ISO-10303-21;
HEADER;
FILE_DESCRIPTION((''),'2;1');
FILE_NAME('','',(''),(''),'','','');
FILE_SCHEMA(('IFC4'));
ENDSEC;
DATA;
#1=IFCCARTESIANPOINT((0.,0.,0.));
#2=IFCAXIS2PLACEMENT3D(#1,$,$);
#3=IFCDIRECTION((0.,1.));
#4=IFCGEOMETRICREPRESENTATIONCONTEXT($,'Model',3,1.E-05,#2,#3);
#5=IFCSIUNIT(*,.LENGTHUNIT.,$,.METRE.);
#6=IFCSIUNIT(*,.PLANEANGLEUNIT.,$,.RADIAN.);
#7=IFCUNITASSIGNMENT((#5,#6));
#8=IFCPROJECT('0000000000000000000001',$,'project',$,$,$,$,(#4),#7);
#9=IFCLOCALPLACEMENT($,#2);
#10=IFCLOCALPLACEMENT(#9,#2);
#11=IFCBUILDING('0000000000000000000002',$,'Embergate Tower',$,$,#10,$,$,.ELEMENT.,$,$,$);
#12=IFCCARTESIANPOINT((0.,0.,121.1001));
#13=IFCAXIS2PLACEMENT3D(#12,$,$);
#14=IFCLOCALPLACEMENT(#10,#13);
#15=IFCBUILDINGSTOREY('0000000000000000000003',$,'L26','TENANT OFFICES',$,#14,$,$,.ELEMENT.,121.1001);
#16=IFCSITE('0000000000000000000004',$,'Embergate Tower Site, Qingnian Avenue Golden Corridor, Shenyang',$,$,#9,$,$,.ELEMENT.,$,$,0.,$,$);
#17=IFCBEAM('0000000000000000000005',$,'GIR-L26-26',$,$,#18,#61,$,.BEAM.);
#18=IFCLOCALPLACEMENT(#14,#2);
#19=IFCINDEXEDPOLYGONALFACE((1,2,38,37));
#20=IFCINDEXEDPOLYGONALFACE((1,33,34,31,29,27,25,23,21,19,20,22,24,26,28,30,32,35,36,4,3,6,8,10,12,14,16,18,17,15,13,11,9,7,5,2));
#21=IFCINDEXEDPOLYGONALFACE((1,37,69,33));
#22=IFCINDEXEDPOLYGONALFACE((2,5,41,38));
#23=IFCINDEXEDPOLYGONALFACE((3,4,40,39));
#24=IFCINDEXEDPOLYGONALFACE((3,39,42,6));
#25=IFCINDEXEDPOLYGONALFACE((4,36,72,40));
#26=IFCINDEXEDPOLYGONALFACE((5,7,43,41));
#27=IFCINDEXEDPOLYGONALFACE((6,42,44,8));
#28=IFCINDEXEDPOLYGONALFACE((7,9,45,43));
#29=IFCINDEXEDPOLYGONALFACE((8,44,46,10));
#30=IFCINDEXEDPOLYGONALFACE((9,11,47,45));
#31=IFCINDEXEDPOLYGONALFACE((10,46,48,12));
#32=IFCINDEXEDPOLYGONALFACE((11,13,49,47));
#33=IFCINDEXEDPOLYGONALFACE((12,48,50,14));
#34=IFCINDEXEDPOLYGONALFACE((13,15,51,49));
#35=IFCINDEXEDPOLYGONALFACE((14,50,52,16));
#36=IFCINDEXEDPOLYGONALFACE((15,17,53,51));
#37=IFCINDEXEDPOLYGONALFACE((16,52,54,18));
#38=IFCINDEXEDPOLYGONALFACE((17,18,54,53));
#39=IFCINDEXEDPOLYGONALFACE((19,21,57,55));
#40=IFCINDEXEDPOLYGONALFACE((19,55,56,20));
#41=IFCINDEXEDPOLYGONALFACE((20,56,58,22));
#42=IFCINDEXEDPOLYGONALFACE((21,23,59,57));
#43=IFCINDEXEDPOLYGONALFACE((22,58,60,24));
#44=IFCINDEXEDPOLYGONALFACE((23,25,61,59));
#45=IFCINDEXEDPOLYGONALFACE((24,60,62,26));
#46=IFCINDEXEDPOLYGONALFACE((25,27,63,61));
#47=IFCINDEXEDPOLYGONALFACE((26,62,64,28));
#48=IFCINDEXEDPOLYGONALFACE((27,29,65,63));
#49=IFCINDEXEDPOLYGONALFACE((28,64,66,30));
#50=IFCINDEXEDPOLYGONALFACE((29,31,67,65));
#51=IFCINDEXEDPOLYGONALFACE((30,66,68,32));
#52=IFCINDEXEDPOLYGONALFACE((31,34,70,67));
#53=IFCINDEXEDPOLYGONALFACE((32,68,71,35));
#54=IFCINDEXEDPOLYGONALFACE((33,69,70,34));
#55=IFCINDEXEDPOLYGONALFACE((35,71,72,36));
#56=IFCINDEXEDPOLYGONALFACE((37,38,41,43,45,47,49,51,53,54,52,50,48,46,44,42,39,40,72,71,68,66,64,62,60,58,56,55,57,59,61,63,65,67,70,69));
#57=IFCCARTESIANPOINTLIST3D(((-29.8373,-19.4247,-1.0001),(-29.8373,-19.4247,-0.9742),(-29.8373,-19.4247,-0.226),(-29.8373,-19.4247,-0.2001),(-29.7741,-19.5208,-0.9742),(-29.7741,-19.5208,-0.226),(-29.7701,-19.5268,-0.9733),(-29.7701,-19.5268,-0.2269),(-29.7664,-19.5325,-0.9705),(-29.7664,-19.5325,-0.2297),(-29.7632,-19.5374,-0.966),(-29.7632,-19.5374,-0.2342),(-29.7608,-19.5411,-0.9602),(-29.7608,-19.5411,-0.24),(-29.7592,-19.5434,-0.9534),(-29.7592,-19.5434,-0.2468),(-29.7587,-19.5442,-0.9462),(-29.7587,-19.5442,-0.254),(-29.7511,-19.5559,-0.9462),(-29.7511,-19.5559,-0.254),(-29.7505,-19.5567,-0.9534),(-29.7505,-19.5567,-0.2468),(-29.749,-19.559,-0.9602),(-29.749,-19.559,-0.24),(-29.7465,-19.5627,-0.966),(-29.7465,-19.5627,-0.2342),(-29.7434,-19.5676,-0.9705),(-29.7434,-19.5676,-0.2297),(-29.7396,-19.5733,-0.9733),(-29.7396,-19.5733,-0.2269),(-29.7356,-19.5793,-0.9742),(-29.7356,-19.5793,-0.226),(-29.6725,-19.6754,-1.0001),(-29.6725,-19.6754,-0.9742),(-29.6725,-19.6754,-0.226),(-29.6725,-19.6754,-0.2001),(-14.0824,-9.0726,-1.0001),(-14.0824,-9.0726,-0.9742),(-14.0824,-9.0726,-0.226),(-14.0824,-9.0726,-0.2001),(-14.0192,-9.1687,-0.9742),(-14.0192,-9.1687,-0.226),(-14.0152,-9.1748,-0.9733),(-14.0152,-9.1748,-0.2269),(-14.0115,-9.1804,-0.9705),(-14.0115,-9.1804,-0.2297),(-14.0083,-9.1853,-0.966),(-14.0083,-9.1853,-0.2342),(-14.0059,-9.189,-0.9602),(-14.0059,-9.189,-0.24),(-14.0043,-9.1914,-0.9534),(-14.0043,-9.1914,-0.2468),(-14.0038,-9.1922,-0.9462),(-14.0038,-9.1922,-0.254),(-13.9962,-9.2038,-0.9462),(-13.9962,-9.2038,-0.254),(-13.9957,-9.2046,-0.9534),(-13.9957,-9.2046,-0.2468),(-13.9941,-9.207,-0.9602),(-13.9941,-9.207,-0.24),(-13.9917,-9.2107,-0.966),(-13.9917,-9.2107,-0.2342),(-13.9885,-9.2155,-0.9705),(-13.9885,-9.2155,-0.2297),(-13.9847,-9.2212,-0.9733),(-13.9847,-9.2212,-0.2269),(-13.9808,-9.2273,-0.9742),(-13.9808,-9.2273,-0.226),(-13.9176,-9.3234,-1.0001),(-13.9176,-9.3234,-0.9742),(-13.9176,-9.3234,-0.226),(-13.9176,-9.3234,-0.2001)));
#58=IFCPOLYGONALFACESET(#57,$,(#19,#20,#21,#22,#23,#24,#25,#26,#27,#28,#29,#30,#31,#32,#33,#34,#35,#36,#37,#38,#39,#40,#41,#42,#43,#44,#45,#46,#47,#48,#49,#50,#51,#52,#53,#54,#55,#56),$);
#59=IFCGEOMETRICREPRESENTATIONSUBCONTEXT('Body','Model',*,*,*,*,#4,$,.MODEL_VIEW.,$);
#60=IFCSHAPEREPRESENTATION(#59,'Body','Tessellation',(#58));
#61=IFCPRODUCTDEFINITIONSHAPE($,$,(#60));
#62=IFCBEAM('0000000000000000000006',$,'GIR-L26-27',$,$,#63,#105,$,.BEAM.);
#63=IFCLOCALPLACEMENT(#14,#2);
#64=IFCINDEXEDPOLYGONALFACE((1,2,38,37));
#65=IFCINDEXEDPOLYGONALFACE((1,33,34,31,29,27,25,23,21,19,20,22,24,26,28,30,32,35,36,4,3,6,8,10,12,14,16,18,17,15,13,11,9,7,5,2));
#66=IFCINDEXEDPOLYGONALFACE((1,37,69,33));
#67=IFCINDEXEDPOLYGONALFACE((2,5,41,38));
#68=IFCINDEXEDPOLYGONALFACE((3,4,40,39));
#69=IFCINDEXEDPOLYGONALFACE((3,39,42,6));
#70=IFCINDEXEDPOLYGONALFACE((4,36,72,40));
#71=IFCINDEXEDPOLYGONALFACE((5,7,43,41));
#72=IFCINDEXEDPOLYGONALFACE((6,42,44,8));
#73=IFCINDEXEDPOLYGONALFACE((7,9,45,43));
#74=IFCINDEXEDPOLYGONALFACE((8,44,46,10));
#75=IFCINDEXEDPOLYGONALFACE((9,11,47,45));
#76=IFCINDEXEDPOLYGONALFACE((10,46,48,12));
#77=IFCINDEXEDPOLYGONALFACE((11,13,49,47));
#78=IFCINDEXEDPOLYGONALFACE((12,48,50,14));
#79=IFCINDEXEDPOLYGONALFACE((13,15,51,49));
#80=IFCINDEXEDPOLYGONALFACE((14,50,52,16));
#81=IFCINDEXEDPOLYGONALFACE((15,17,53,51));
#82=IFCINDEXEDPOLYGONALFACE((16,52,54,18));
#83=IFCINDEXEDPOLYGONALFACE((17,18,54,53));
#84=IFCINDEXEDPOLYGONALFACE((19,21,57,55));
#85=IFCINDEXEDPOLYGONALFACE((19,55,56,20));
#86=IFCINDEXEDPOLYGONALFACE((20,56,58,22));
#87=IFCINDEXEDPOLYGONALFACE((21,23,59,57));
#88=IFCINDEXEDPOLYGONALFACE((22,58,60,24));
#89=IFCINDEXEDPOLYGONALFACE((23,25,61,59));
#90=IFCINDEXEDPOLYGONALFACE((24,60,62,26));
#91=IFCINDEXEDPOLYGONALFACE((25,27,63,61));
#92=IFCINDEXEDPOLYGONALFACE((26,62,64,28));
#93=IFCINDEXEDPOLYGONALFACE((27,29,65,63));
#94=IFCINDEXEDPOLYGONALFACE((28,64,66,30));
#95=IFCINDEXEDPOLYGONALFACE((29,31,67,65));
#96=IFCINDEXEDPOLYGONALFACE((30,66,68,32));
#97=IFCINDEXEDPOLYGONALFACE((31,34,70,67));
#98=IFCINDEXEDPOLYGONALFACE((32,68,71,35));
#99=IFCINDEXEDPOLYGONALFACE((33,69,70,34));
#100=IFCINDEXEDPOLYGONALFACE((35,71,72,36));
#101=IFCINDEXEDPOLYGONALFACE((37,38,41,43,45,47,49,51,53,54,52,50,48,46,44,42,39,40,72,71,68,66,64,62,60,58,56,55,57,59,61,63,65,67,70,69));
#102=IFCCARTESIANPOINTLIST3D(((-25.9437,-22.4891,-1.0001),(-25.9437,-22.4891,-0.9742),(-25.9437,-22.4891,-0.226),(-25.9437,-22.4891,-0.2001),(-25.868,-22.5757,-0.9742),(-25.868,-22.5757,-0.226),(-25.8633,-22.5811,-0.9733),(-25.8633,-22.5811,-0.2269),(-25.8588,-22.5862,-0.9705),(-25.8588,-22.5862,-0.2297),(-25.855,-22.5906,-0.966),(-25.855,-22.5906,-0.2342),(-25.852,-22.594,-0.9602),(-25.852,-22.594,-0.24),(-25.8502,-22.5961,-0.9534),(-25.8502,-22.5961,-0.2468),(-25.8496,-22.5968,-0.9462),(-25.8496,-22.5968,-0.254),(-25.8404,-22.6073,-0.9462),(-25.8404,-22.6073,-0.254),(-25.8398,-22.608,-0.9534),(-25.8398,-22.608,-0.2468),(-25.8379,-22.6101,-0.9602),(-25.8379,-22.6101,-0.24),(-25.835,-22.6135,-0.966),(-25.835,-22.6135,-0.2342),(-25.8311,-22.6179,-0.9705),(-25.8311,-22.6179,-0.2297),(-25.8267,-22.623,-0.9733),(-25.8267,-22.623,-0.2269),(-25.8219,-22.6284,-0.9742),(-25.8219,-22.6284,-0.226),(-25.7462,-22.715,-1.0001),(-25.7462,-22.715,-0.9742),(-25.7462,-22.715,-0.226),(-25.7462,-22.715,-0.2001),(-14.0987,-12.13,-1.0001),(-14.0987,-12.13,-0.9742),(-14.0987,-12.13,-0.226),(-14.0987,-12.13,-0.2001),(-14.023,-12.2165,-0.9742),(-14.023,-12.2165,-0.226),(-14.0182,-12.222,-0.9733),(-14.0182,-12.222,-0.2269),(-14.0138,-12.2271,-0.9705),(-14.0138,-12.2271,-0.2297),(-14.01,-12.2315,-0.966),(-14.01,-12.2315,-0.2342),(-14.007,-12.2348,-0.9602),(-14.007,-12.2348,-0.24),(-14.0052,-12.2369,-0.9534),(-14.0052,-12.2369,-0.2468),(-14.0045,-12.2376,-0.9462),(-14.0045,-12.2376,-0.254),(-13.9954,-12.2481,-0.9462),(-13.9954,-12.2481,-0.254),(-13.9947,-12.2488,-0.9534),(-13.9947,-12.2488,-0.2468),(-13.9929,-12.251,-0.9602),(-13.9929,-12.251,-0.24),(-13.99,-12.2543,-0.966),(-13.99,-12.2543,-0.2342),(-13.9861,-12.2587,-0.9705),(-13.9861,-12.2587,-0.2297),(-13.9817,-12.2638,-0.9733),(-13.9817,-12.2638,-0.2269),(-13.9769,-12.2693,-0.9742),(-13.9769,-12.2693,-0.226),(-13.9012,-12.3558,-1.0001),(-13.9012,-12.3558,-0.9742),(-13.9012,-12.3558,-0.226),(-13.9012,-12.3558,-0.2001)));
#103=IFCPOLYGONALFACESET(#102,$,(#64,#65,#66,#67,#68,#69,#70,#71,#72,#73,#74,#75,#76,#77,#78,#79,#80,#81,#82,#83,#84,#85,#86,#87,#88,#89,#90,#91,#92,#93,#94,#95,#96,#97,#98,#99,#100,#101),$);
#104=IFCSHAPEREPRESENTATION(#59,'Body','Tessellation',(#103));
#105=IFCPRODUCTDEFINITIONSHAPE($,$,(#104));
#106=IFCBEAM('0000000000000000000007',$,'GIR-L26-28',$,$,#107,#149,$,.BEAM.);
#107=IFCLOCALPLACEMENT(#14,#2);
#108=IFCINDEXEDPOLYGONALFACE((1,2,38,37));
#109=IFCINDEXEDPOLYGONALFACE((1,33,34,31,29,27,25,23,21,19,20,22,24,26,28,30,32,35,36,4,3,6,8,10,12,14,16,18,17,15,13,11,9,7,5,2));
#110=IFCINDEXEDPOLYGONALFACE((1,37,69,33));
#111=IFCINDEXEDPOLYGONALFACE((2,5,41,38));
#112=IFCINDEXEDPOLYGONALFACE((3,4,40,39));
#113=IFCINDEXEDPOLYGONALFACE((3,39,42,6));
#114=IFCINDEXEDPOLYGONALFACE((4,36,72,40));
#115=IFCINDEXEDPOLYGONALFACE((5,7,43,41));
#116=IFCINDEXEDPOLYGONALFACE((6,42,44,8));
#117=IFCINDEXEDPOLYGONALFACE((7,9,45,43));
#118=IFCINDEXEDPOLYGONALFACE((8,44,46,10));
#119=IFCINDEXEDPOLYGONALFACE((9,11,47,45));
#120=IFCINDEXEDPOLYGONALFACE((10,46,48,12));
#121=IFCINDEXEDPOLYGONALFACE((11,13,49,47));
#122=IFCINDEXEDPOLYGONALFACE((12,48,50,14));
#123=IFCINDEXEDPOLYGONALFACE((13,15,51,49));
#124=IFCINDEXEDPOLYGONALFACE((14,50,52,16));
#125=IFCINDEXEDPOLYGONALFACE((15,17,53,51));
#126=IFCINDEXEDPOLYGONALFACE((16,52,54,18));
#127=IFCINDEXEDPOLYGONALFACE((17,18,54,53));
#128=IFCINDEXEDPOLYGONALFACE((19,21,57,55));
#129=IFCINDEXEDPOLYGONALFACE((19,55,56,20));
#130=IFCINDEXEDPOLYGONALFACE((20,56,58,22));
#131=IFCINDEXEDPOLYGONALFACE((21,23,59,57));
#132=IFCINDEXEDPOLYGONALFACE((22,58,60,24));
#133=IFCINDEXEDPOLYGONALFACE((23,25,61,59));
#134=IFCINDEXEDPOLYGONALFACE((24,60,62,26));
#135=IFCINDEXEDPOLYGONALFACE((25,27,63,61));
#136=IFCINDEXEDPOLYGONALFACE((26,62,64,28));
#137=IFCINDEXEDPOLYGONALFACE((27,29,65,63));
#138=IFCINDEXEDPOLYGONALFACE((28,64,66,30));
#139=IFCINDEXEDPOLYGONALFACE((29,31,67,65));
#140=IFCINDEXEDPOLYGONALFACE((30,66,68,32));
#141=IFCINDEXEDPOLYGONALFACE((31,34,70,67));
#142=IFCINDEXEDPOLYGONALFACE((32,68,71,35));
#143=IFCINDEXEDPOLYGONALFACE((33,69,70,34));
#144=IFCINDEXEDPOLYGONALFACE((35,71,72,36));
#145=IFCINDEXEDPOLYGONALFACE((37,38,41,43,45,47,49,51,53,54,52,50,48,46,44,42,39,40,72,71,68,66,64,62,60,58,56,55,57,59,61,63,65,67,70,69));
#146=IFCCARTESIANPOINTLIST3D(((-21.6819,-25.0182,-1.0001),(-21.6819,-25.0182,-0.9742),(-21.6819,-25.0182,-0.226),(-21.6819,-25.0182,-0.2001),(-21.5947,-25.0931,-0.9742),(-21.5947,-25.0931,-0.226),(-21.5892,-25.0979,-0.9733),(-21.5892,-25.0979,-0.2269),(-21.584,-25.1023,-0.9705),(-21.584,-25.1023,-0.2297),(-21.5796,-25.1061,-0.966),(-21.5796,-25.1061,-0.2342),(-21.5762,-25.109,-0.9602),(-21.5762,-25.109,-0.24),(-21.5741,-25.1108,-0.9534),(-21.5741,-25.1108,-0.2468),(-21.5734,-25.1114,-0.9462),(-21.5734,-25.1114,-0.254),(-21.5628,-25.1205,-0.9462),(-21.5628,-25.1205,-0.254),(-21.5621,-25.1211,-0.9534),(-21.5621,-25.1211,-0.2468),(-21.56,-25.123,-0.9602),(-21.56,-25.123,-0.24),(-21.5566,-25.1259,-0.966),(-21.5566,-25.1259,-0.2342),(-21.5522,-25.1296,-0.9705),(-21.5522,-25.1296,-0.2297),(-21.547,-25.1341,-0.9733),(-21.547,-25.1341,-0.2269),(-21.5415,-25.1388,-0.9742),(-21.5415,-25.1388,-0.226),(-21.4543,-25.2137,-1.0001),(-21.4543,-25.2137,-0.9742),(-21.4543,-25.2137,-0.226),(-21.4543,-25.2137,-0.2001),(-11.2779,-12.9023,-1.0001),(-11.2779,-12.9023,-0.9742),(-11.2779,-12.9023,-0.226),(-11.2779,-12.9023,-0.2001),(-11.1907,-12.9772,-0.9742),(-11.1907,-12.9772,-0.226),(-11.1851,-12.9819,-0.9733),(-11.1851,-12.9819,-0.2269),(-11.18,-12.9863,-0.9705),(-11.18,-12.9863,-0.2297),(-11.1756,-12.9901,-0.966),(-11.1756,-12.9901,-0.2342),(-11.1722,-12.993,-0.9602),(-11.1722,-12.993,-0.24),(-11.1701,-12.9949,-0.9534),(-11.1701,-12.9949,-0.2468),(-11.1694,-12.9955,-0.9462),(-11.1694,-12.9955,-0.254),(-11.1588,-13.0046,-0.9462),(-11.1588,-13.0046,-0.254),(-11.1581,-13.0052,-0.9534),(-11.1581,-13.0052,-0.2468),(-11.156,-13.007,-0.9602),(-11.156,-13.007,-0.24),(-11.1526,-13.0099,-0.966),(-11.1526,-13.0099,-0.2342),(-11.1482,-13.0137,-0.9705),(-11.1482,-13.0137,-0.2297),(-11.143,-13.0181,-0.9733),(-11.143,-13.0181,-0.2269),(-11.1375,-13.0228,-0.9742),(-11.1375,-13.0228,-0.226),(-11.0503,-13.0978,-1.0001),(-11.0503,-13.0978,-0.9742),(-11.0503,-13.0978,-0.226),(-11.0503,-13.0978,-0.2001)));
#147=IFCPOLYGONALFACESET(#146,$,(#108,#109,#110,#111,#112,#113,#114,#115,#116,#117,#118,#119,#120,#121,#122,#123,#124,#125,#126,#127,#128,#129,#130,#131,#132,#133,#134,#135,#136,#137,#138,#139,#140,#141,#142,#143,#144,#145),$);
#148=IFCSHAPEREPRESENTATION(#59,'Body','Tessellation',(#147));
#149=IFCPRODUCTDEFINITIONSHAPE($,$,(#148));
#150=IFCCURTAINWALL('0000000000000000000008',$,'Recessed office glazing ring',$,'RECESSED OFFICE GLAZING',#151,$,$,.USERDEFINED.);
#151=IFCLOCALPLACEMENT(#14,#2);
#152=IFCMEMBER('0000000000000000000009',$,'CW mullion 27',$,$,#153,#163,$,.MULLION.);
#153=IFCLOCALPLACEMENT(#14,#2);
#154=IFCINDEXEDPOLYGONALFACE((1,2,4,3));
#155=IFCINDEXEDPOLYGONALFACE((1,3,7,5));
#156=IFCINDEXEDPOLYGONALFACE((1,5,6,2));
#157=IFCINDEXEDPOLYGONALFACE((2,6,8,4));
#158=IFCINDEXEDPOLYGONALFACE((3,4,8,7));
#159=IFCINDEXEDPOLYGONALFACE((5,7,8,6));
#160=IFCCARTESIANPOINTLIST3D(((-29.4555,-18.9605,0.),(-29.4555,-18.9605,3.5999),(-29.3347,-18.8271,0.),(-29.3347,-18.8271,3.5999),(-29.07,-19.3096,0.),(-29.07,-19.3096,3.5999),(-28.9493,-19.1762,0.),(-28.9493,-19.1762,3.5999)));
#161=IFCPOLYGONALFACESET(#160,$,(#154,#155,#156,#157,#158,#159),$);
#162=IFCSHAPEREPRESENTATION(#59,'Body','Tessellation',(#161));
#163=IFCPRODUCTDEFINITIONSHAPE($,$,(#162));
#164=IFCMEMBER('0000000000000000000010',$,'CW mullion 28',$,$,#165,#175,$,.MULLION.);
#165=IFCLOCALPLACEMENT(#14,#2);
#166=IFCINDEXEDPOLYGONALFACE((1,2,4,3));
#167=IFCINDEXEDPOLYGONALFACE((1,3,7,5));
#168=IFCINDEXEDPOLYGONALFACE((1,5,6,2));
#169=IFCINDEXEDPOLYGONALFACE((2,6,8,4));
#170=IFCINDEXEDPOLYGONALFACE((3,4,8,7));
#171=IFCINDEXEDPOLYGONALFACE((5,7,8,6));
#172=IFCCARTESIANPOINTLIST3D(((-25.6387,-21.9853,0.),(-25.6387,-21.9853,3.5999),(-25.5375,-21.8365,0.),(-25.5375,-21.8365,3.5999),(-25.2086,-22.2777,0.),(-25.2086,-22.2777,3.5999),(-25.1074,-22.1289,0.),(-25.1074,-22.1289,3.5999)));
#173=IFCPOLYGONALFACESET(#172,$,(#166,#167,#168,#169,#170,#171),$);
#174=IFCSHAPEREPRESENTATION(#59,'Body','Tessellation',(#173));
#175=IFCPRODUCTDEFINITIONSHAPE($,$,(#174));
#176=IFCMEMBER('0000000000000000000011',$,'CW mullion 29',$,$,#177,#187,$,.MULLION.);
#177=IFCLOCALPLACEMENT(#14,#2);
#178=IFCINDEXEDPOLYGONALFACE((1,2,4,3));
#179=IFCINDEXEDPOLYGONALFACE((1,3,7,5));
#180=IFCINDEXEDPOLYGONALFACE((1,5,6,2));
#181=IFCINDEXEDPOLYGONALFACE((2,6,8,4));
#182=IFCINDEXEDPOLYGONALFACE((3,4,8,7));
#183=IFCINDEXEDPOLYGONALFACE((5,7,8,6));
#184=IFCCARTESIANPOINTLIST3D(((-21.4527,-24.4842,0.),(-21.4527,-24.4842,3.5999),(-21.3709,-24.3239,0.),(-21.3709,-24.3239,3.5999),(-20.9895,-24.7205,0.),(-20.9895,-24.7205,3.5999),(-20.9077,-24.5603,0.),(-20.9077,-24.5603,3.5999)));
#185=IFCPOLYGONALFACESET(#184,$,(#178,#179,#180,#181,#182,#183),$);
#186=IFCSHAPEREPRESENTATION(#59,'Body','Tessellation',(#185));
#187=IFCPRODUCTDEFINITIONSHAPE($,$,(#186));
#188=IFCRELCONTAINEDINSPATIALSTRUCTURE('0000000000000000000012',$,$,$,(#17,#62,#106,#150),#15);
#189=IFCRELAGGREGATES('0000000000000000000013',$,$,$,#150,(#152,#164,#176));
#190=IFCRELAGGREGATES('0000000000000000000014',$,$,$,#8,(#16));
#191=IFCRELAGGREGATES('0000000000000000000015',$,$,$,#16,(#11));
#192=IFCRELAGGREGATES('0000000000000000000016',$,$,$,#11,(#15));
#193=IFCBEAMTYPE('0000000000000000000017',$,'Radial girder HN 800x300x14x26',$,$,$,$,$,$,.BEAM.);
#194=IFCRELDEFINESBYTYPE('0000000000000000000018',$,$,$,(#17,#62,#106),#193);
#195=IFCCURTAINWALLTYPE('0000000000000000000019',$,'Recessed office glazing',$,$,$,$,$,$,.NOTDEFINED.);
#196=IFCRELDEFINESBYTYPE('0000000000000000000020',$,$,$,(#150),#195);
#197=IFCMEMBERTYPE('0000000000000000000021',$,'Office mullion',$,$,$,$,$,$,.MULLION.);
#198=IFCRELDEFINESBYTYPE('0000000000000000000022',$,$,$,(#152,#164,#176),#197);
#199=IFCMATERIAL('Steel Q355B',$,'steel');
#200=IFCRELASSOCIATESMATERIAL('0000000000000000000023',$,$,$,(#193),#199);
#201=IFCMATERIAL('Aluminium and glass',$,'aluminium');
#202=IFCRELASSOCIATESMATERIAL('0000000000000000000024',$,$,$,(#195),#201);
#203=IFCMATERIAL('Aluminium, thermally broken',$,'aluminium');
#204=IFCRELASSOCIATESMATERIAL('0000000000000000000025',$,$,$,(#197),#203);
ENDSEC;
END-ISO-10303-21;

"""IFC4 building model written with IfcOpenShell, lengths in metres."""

from ifc_helpers import new_model, si_unit, direction, frame, origin, origin_2d, place, context, subcontext, project, spatial, rectangle, i_section, extrude, source, transform, mapped, material, material_profile, profile_set, type_object, element, aggregate, save


model = new_model("IFC4")

# Units and contexts
model_context = context("Model", 3, precision=1e-05, world=origin(), true_north=direction((0.0, 1.0)))
body_context = subcontext(model_context, "Body", "Model", "MODEL_VIEW")
ifc_project = project(units=[si_unit("LENGTHUNIT", "METRE"), si_unit("PLANEANGLEUNIT", "RADIAN")], contexts=[model_context])

# Site, building, storey
site_placement = place(None, origin())
site = spatial("IfcSite", under=ifc_project, at=site_placement, Name="Embergate Tower Site, Qingnian Avenue Golden Corridor, Shenyang", CompositionType="ELEMENT", RefElevation=0.0)
building_placement = place(site_placement, origin())
building = spatial("IfcBuilding", under=site, at=building_placement, Name="Embergate Tower", CompositionType="ELEMENT")
storey_placement = place(building_placement, frame((0.0, 0.0, 121.1001)))
storey = spatial("IfcBuildingStorey", under=building, at=storey_placement, Name="L26", Description="TENANT OFFICES", CompositionType="ELEMENT", Elevation=121.1001)

# Beams
ifc_material_1 = material(Name="Steel Q355B", Category="steel")
ifc_material_profile_1 = material_profile(ifc_material_1, i_section(OverallWidth=0.3, OverallDepth=0.8, WebThickness=0.0139, FlangeThickness=0.0259, FilletRadius=0.0281, at=origin_2d()), Name="HN 800x300x14x26")
ifc_profile_set_1 = profile_set([ifc_material_profile_1], Name="Steel Q355 grade B")
beam_type_1 = type_object("IfcBeamType", Name="Radial girder HN 800x300x14x26", PredefinedType="BEAM", material=ifc_profile_set_1)
shared_shape_1 = source(origin(), body_context, "Body", "SweptSolid", [
    extrude(i_section(OverallWidth=0.3, OverallDepth=0.8, WebThickness=0.0139, FlangeThickness=0.0259, FilletRadius=0.0281, at=origin_2d()), origin(), (0.0, 0.0, 1.0), 18.8516),
])
beam_1_placement = place(storey_placement, frame((-29.7549, -19.55, -0.6001), z_axis=(0.835734, 0.549135, 0.0), x_axis=(-0.549135, 0.835734, 0.0)))
element("IfcBeam", 1, at=beam_1_placement, inside=storey, type_object=beam_type_1, Name="GIR-L26-26", PredefinedType="BEAM", context=body_context, shape_type="MappedRepresentation", body=[
    mapped(shared_shape_1, transform((0.0, 0.0, 0.0))),
])
shared_shape_2 = source(origin(), body_context, "Body", "SweptSolid", [
    extrude(i_section(OverallWidth=0.3, OverallDepth=0.8, WebThickness=0.0139, FlangeThickness=0.0259, FilletRadius=0.0281, at=origin_2d()), origin(), (0.0, 0.0, 1.0), 15.7358),
])
beam_2_placement = place(storey_placement, frame((-25.845, -22.6021, -0.6001), z_axis=(0.752741, 0.658317, 0.0), x_axis=(-0.658317, 0.752741, 0.0)))
element("IfcBeam", 2, at=beam_2_placement, inside=storey, type_object=beam_type_1, Name="GIR-L26-27", PredefinedType="BEAM", context=body_context, shape_type="MappedRepresentation", body=[
    mapped(shared_shape_2, transform((0.0, 0.0, 0.0))),
])
shared_shape_3 = source(origin(), body_context, "Body", "SweptSolid", [
    extrude(i_section(OverallWidth=0.3, OverallDepth=0.8, WebThickness=0.0139, FlangeThickness=0.0259, FilletRadius=0.0281, at=origin_2d()), origin(), (0.0, 0.0, 1.0), 15.97),
])
beam_3_placement = place(storey_placement, frame((-21.5681, -25.116, -0.6001), z_axis=(0.651475, 0.75867, 0.0), x_axis=(-0.75867, 0.651475, 0.0)))
element("IfcBeam", 3, at=beam_3_placement, inside=storey, type_object=beam_type_1, Name="GIR-L26-28", PredefinedType="BEAM", context=body_context, shape_type="MappedRepresentation", body=[
    mapped(shared_shape_3, transform((0.0, 0.0, 0.0))),
])

# Curtain wall, members
ifc_material_2 = material(Name="Aluminium and glass", Category="aluminium")
curtain_wall_type = type_object("IfcCurtainWallType", Name="Recessed office glazing", PredefinedType="NOTDEFINED", material=ifc_material_2)
curtain_wall_placement = place(storey_placement, origin())
curtain_wall = element("IfcCurtainWall", 4, at=curtain_wall_placement, inside=storey, type_object=curtain_wall_type, Name="Recessed office glazing ring", ObjectType="RECESSED OFFICE GLAZING", PredefinedType="USERDEFINED")
ifc_material_3 = material(Name="Aluminium, thermally broken", Category="aluminium")
ifc_material_profile_2 = material_profile(ifc_material_3, rectangle(XDim=0.1799, YDim=0.52, at=origin_2d()), Name="AL 520x180")
ifc_profile_set_2 = profile_set([ifc_material_profile_2], Name="Aluminium, thermally broken")
member_type_1 = type_object("IfcMemberType", Name="Office mullion", PredefinedType="MULLION", material=ifc_profile_set_2)
shared_shape_4 = source(origin(), body_context, "Body", "SweptSolid", [
    extrude(rectangle(XDim=0.1799, YDim=0.52, at=origin_2d()), origin(), (0.0, 0.0, 1.0), 3.5999),
])
member_1_placement = place(storey_placement, frame((-29.2024, -19.0684, 0.0), z_axis=(0.0, 0.0, 1.0), x_axis=(0.671228, 0.741251, 0.0)))
member_1 = element("IfcMember", 5, at=member_1_placement, type_object=member_type_1, Name="CW mullion 27", PredefinedType="MULLION", context=body_context, shape_type="MappedRepresentation", body=[
    mapped(shared_shape_4, transform((0.0, 0.0, 0.0))),
])
member_2_placement = place(storey_placement, frame((-25.373, -22.0571, 0.0), z_axis=(0.0, 0.0, 1.0), x_axis=(0.562218, 0.826989, 0.0)))
member_2 = element("IfcMember", 6, at=member_2_placement, type_object=member_type_1, Name="CW mullion 28", PredefinedType="MULLION", context=body_context, shape_type="MappedRepresentation", body=[
    mapped(shared_shape_4, transform((0.0, 0.0, 0.0))),
])
member_3_placement = place(storey_placement, frame((-21.1802, -24.5222, 0.0), z_axis=(0.0, 0.0, 1.0), x_axis=(0.454511, 0.890741, 0.0)))
member_3 = element("IfcMember", 7, at=member_3_placement, type_object=member_type_1, Name="CW mullion 29", PredefinedType="MULLION", context=body_context, shape_type="MappedRepresentation", body=[
    mapped(shared_shape_4, transform((0.0, 0.0, 0.0))),
])
aggregate(curtain_wall, [member_1, member_2, member_3])

save(model, "model.ifc")
